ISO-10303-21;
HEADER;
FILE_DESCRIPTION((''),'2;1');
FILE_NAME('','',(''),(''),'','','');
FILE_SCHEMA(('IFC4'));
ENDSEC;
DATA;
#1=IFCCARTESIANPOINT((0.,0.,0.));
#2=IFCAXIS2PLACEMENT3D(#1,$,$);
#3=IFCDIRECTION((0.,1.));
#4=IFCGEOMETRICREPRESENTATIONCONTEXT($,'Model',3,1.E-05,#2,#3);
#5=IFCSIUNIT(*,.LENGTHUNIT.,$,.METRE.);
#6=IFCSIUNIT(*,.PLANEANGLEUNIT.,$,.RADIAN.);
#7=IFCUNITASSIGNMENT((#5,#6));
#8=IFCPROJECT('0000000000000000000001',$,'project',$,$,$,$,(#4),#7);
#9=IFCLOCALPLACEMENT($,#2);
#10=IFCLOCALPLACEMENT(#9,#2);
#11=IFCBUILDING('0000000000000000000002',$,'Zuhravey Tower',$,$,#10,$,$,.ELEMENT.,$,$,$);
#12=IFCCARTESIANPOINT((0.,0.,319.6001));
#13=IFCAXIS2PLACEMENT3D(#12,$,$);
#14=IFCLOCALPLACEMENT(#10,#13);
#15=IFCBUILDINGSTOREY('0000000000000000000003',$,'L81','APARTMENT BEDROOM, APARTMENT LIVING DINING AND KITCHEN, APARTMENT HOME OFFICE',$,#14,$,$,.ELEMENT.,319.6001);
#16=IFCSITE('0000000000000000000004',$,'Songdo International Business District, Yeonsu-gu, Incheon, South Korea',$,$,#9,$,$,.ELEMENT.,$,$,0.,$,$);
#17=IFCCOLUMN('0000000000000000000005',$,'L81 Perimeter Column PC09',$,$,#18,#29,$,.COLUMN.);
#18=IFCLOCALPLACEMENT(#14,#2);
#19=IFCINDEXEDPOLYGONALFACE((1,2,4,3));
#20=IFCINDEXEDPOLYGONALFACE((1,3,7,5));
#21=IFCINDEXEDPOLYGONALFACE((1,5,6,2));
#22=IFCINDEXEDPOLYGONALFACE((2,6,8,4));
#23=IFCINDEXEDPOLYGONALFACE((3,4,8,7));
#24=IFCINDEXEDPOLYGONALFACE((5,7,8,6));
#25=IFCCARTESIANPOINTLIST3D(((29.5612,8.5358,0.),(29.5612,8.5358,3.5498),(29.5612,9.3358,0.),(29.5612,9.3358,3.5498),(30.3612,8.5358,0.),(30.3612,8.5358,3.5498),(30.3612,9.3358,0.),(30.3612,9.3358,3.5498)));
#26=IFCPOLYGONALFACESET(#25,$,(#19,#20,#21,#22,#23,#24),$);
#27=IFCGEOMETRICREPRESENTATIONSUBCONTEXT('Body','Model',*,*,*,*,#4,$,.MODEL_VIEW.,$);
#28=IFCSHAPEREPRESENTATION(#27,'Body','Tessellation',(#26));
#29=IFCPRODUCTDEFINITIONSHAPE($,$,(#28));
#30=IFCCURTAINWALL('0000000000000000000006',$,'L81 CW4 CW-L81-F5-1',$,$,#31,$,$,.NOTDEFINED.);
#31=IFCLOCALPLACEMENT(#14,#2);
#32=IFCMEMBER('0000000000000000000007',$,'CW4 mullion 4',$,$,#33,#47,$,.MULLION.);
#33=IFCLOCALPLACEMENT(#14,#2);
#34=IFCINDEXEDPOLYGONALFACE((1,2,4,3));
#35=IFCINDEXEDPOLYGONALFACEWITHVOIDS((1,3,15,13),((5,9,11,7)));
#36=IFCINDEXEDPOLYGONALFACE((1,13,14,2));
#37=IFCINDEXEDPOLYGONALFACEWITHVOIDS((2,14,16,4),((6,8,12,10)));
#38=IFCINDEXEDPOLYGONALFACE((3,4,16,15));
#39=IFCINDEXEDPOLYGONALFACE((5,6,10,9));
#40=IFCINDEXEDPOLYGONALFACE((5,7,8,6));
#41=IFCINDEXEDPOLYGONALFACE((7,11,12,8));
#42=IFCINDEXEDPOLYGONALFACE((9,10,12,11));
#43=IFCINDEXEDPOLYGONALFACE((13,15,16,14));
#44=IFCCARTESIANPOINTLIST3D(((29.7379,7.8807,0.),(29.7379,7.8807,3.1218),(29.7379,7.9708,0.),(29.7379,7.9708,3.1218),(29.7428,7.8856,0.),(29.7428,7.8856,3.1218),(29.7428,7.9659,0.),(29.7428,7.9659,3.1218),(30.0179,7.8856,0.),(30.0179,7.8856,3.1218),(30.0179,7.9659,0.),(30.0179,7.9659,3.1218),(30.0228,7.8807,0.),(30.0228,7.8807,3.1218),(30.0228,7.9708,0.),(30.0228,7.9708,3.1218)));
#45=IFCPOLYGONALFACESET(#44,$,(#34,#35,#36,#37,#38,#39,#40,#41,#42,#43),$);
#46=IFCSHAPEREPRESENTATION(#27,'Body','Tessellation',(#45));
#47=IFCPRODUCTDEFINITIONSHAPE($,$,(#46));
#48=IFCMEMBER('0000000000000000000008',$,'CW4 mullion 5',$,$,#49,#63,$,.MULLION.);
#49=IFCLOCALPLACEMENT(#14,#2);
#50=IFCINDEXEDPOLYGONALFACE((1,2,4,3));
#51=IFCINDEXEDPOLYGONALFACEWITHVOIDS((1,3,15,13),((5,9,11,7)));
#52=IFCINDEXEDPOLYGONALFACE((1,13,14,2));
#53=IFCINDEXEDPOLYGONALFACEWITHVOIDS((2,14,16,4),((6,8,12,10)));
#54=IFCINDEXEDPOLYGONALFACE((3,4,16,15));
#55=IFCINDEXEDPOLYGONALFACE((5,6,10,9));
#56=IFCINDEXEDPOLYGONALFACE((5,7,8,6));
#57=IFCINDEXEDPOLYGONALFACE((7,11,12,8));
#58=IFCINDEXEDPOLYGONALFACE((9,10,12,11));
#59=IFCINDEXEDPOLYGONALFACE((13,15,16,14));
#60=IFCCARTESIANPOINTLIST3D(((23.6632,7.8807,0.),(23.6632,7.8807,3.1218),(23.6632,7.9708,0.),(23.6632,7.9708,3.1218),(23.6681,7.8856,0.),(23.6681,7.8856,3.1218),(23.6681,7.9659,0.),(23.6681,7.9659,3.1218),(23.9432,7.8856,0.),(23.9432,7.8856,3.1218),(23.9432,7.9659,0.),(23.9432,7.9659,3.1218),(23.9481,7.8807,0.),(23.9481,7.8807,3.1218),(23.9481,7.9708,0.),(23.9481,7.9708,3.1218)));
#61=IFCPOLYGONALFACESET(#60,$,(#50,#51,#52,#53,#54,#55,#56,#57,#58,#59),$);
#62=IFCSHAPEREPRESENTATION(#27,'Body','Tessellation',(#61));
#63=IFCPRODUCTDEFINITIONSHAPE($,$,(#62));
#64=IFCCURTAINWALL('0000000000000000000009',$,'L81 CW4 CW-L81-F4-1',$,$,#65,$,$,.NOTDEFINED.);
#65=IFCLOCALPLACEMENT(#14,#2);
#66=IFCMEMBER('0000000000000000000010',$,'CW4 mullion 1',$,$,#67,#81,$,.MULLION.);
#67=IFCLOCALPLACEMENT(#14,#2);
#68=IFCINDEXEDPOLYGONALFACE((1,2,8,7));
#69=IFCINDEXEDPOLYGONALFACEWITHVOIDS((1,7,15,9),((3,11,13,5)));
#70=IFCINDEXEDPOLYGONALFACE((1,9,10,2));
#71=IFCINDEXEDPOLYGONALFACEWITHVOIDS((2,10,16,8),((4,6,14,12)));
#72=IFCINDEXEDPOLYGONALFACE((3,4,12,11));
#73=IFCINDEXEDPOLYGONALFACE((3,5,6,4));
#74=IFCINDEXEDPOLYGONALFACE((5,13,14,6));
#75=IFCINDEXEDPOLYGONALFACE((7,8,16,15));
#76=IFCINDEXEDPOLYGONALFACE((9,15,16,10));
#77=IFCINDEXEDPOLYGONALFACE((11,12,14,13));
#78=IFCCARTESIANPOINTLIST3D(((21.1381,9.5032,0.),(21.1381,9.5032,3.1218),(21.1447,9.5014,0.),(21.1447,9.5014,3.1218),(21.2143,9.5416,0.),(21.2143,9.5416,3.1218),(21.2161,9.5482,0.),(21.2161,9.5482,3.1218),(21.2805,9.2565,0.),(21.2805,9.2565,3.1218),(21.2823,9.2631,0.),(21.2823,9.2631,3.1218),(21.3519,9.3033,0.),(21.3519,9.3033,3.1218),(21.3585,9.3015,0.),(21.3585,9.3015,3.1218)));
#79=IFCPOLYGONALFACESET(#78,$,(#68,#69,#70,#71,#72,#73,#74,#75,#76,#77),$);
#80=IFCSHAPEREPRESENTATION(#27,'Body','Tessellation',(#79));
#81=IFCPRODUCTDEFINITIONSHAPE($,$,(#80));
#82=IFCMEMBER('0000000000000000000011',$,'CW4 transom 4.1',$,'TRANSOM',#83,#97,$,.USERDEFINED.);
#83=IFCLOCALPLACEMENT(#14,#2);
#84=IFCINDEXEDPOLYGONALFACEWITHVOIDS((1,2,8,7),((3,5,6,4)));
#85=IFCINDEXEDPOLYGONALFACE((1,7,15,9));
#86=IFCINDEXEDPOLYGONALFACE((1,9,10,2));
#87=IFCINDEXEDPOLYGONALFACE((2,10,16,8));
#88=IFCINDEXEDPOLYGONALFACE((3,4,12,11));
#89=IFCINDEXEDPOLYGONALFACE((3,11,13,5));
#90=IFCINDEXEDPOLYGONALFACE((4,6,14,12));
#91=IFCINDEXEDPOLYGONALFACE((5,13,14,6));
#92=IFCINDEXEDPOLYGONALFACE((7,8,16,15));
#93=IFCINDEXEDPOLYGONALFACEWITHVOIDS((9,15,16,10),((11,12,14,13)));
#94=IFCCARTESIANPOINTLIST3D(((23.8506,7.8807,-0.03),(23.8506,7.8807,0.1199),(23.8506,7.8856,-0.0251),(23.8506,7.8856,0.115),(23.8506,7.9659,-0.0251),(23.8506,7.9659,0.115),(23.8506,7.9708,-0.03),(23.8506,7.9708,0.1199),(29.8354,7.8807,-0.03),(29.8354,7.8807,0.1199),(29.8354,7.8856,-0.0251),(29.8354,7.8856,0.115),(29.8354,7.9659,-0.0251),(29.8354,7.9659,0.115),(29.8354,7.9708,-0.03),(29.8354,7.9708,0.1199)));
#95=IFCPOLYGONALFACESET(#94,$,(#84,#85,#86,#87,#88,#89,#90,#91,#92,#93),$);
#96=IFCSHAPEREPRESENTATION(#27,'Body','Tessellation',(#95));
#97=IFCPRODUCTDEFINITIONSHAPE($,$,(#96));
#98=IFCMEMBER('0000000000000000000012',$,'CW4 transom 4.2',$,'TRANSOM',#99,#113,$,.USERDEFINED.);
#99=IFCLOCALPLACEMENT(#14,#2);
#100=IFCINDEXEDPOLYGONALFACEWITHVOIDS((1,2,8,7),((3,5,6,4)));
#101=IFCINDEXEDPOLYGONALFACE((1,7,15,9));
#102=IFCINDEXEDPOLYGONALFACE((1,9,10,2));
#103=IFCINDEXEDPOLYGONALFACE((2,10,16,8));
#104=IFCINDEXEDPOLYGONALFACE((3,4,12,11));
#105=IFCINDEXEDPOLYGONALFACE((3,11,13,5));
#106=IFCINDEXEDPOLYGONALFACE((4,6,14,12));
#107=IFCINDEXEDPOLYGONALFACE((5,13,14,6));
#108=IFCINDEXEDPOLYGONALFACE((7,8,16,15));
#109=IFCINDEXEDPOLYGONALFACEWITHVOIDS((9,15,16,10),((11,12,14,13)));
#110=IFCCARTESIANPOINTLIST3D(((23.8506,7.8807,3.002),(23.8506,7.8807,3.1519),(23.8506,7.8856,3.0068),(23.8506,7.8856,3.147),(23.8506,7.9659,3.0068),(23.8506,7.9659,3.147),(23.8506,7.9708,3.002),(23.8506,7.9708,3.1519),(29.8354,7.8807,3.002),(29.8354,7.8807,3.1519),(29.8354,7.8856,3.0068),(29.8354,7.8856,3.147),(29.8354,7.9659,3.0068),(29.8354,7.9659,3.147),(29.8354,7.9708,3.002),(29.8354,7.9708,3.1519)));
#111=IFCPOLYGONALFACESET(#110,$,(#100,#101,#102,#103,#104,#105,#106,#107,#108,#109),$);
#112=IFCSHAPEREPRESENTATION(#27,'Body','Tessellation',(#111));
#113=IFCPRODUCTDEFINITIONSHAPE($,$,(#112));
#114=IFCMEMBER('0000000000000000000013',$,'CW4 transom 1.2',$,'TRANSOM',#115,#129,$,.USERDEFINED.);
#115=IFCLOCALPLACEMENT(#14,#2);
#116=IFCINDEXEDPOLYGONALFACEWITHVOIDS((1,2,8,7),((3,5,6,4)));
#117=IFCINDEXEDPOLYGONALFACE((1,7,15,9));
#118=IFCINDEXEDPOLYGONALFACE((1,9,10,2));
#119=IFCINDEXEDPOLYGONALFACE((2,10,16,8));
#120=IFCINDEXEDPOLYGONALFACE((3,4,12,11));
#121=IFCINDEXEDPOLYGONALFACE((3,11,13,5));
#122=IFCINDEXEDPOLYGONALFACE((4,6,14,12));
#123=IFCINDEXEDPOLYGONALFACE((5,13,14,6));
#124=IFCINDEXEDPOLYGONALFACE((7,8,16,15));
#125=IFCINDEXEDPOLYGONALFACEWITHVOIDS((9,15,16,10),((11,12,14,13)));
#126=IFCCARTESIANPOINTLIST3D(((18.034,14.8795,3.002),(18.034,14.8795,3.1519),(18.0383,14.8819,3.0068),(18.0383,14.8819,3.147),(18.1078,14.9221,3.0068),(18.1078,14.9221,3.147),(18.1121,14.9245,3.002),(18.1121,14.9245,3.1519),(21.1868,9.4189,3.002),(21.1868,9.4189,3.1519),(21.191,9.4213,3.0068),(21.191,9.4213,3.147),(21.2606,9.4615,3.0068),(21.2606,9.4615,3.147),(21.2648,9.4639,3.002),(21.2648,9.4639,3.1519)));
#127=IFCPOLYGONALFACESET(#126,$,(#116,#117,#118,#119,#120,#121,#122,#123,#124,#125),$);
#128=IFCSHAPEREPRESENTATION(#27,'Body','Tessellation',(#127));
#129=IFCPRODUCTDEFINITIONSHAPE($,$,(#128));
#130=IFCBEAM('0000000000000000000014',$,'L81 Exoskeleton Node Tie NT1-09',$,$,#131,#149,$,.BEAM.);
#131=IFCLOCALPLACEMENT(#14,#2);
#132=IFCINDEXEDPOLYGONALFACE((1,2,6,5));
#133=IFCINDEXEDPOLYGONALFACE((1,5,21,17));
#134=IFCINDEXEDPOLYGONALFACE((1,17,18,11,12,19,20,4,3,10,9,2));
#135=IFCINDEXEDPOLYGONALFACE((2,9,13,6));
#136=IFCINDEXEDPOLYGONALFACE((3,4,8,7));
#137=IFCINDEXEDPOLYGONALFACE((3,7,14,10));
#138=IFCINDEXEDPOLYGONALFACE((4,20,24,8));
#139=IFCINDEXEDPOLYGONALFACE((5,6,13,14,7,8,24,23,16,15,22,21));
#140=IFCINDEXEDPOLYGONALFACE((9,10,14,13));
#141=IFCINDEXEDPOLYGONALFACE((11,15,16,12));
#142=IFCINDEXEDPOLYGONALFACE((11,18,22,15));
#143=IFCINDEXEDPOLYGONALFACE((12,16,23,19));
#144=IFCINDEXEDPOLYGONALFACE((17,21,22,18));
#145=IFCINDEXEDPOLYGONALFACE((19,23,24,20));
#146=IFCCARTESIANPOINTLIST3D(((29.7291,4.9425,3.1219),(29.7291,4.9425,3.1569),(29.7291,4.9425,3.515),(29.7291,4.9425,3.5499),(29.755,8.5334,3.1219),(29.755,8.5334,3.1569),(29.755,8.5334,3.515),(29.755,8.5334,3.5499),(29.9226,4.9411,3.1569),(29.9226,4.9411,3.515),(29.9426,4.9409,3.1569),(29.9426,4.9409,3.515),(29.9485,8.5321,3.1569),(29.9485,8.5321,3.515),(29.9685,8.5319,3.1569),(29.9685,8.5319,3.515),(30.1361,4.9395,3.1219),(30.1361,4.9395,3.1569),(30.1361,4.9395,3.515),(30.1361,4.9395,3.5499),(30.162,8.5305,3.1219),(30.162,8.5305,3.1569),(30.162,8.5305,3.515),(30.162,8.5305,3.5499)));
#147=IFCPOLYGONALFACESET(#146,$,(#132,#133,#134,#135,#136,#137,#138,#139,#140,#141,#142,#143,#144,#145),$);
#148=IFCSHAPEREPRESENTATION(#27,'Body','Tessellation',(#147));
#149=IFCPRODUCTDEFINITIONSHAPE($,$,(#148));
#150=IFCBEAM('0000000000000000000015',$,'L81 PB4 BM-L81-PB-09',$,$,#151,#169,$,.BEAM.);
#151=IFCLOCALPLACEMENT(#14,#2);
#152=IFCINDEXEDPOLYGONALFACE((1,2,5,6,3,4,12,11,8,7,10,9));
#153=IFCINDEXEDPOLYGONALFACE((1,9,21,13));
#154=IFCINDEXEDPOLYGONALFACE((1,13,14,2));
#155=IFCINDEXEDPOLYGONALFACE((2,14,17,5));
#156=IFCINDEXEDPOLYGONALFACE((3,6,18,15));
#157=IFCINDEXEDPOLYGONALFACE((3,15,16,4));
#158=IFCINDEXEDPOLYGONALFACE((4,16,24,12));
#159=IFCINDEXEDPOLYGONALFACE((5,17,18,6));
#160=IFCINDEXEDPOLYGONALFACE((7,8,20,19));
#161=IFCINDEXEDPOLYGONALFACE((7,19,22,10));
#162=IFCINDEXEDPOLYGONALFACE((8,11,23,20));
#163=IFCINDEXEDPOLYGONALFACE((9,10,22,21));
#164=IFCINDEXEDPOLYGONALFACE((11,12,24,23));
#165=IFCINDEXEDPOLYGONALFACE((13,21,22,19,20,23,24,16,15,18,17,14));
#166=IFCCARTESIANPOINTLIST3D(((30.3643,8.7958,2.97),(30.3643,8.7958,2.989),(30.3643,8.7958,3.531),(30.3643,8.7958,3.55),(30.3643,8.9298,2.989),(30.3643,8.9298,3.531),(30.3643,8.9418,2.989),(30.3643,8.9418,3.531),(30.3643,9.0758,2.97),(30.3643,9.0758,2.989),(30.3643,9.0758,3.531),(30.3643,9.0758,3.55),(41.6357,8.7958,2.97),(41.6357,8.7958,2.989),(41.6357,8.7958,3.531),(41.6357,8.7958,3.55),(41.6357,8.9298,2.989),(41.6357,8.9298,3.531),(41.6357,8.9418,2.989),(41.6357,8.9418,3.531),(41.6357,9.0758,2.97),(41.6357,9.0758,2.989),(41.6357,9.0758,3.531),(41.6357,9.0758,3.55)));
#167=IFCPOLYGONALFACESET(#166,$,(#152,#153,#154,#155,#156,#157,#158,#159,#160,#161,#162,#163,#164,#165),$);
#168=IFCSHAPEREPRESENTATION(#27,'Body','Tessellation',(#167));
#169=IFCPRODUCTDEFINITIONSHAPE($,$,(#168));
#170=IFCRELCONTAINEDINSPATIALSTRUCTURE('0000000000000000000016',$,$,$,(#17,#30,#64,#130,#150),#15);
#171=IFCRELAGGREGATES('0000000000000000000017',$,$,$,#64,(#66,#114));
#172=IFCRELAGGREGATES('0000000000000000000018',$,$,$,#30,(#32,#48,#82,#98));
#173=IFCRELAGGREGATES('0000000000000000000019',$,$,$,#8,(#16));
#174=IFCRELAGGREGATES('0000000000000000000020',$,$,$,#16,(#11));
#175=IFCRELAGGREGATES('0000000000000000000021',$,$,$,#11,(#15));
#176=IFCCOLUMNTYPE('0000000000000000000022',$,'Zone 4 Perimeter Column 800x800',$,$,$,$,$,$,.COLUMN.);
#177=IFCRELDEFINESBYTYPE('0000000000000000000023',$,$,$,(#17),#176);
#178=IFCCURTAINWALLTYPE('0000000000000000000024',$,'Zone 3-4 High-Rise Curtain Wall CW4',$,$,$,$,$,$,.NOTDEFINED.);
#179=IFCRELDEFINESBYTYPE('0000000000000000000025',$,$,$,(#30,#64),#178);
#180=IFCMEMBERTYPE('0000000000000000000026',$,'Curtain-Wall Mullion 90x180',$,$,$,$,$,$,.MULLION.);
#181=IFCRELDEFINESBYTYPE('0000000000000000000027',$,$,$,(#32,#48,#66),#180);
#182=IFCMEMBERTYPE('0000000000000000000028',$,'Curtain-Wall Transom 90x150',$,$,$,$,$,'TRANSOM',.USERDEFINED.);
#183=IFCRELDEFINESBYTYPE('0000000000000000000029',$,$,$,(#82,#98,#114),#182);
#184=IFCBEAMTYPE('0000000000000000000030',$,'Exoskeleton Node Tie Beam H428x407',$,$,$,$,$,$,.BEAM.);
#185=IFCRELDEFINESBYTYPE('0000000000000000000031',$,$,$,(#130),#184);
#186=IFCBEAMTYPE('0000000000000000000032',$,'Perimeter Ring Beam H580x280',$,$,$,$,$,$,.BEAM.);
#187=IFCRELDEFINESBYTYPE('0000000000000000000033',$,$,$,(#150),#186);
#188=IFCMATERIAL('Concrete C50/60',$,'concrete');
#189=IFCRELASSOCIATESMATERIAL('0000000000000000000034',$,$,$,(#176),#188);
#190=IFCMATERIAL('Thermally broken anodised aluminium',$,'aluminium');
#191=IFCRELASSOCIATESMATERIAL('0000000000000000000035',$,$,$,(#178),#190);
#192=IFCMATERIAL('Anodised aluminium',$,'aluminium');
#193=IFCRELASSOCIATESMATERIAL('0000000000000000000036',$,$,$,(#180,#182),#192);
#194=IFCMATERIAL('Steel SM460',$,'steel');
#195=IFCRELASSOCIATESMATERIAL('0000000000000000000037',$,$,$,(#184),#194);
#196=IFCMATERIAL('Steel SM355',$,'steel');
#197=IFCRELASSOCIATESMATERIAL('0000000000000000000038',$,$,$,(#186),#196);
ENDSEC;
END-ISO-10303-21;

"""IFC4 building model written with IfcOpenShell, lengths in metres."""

from ifc_helpers import new_model, si_unit, direction, frame, origin, origin_2d, place, context, subcontext, project, spatial, rectangle, hollow_rectangle, i_section, extrude, material, material_profile, profile_set, type_object, element, aggregate, save


model = new_model("IFC4")

# Units and contexts
model_context = context("Model", 3, precision=1e-05, world=origin(), true_north=direction((0.0, 1.0)))
body_context = subcontext(model_context, "Body", "Model", "MODEL_VIEW")
ifc_project = project(units=[si_unit("LENGTHUNIT", "METRE"), si_unit("PLANEANGLEUNIT", "RADIAN")], contexts=[model_context])

# Site, building, storey
site_placement = place(None, origin())
site = spatial("IfcSite", under=ifc_project, at=site_placement, Name="Songdo International Business District, Yeonsu-gu, Incheon, South Korea", CompositionType="ELEMENT", RefElevation=0.0)
building_placement = place(site_placement, origin())
building = spatial("IfcBuilding", under=site, at=building_placement, Name="Zuhravey Tower", CompositionType="ELEMENT")
storey_placement = place(building_placement, frame((0.0, 0.0, 319.6001)))
storey = spatial("IfcBuildingStorey", under=building, at=storey_placement, Name="L81", Description="APARTMENT BEDROOM, APARTMENT LIVING DINING AND KITCHEN, APARTMENT HOME OFFICE", CompositionType="ELEMENT", Elevation=319.6001)

# Column
ifc_material_1 = material(Name="Concrete C50/60", Category="concrete")
ifc_material_profile_1 = material_profile(ifc_material_1, rectangle(XDim=0.8, YDim=0.8, at=origin_2d()), Name="RC-800x800")
ifc_profile_set_1 = profile_set([ifc_material_profile_1], Name="Concrete C50/60")
column_type = type_object("IfcColumnType", Name="Zone 4 Perimeter Column 800x800", PredefinedType="COLUMN", material=ifc_profile_set_1)
column_placement = place(storey_placement, frame((29.9612, 8.9358, 0.0), z_axis=(0.0, 0.0, 1.0), x_axis=(1.0, 0.0, 0.0)))
element("IfcColumn", 1, at=column_placement, inside=storey, type_object=column_type, Name="L81 Perimeter Column PC09", PredefinedType="COLUMN", context=body_context, shape_type="SweptSolid", body=[
    extrude(rectangle(XDim=0.8, YDim=0.8, at=origin_2d()), origin(), (0.0, 0.0, 1.0), 3.5498),
])

# Curtain wall, members
ifc_material_2 = material(Name="Thermally broken anodised aluminium", Category="aluminium")
curtain_wall_type = type_object("IfcCurtainWallType", Name="Zone 3-4 High-Rise Curtain Wall CW4", PredefinedType="NOTDEFINED", material=ifc_material_2)
curtain_wall_1_placement = place(storey_placement, origin())
curtain_wall_1 = element("IfcCurtainWall", 2, at=curtain_wall_1_placement, inside=storey, type_object=curtain_wall_type, Name="L81 CW4 CW-L81-F5-1", PredefinedType="NOTDEFINED")
ifc_material_3 = material(Name="Anodised aluminium", Category="aluminium")
ifc_material_profile_2 = material_profile(ifc_material_3, hollow_rectangle(XDim=0.0901, YDim=0.2849, WallThickness=0.0049, at=origin_2d()), Name="ALU-RHS-90x285x5")
ifc_profile_set_2 = profile_set([ifc_material_profile_2], Name="Anodised aluminium")
member_type_1 = type_object("IfcMemberType", Name="Curtain-Wall Mullion 90x180", PredefinedType="MULLION", material=ifc_profile_set_2)
member_1_placement = place(storey_placement, frame((29.8804, 7.9258, 0.0), z_axis=(0.0, 0.0, 1.0), x_axis=(0.0, -1.0, 0.0)))
member_1 = element("IfcMember", 3, at=member_1_placement, type_object=member_type_1, Name="CW4 mullion 4", PredefinedType="MULLION", context=body_context, shape_type="SweptSolid", body=[
    extrude(hollow_rectangle(XDim=0.0901, YDim=0.2849, WallThickness=0.0049, at=origin_2d()), origin(), (0.0, 0.0, 1.0), 3.1218),
])
member_2_placement = place(storey_placement, frame((23.8057, 7.9258, 0.0), z_axis=(0.0, 0.0, 1.0), x_axis=(0.0, -1.0, 0.0)))
member_2 = element("IfcMember", 4, at=member_2_placement, type_object=member_type_1, Name="CW4 mullion 5", PredefinedType="MULLION", context=body_context, shape_type="SweptSolid", body=[
    extrude(hollow_rectangle(XDim=0.0901, YDim=0.2849, WallThickness=0.0049, at=origin_2d()), origin(), (0.0, 0.0, 1.0), 3.1218),
])

# Curtain wall, member
curtain_wall_2_placement = place(storey_placement, origin())
curtain_wall_2 = element("IfcCurtainWall", 5, at=curtain_wall_2_placement, inside=storey, type_object=curtain_wall_type, Name="L81 CW4 CW-L81-F4-1", PredefinedType="NOTDEFINED")
member_3_placement = place(storey_placement, frame((21.2483, 9.4023, 0.0), z_axis=(0.0, 0.0, 1.0), x_axis=(-0.866026, -0.5, 0.0)))
member_3 = element("IfcMember", 6, at=member_3_placement, type_object=member_type_1, Name="CW4 mullion 1", PredefinedType="MULLION", context=body_context, shape_type="SweptSolid", body=[
    extrude(hollow_rectangle(XDim=0.0901, YDim=0.2849, WallThickness=0.0049, at=origin_2d()), origin(), (0.0, 0.0, 1.0), 3.1218),
])

# Members
ifc_material_profile_3 = material_profile(ifc_material_3, hollow_rectangle(XDim=0.0901, YDim=0.1499, WallThickness=0.0049, at=origin_2d()), Name="ALU-RHS-90x150x5")
ifc_profile_set_3 = profile_set([ifc_material_profile_3], Name="Anodised aluminium")
member_type_2 = type_object("IfcMemberType", Name="Curtain-Wall Transom 90x150", ElementType="TRANSOM", PredefinedType="USERDEFINED", material=ifc_profile_set_3)
member_4_placement = place(storey_placement, frame((29.8354, 7.9258, 0.0449), z_axis=(-1.0, 0.0, 0.0), x_axis=(0.0, -1.0, 0.0)))
member_4 = element("IfcMember", 7, at=member_4_placement, type_object=member_type_2, Name="CW4 transom 4.1", ObjectType="TRANSOM", PredefinedType="USERDEFINED", context=body_context, shape_type="SweptSolid", body=[
    extrude(hollow_rectangle(XDim=0.0901, YDim=0.1499, WallThickness=0.0049, at=origin_2d()), origin(), (0.0, 0.0, 1.0), 5.9849),
])
member_5_placement = place(storey_placement, frame((29.8354, 7.9258, 3.0769), z_axis=(-1.0, 0.0, 0.0), x_axis=(0.0, -1.0, 0.0)))
member_5 = element("IfcMember", 8, at=member_5_placement, type_object=member_type_2, Name="CW4 transom 4.2", ObjectType="TRANSOM", PredefinedType="USERDEFINED", context=body_context, shape_type="SweptSolid", body=[
    extrude(hollow_rectangle(XDim=0.0901, YDim=0.1499, WallThickness=0.0049, at=origin_2d()), origin(), (0.0, 0.0, 1.0), 5.9849),
])
member_6_placement = place(storey_placement, frame((21.2258, 9.4414, 3.0769), z_axis=(-0.500012, 0.866019, 0.0), x_axis=(-0.866019, -0.500012, 0.0)))
member_6 = element("IfcMember", 9, at=member_6_placement, type_object=member_type_2, Name="CW4 transom 1.2", ObjectType="TRANSOM", PredefinedType="USERDEFINED", context=body_context, shape_type="SweptSolid", body=[
    extrude(hollow_rectangle(XDim=0.0901, YDim=0.1499, WallThickness=0.0049, at=origin_2d()), origin(), (0.0, 0.0, 1.0), 6.3054),
])
aggregate(curtain_wall_2, [member_3, member_6])

# Beams
ifc_material_4 = material(Name="Steel SM460", Category="steel")
ifc_material_profile_4 = material_profile(ifc_material_4, i_section(OverallWidth=0.407, OverallDepth=0.428, WebThickness=0.02, FlangeThickness=0.0349, at=origin_2d()), Name="H-428x407x20x35")
ifc_profile_set_4 = profile_set([ifc_material_profile_4], Name="Steel SM460")
beam_type_1 = type_object("IfcBeamType", Name="Exoskeleton Node Tie Beam H428x407", PredefinedType="BEAM", material=ifc_profile_set_4)
beam_1_placement = place(storey_placement, frame((29.9585, 8.532, 3.3359), z_axis=(-0.007206, -0.999974, 0.0), x_axis=(0.999974, -0.007206, 0.0)))
element("IfcBeam", 10, at=beam_1_placement, inside=storey, type_object=beam_type_1, Name="L81 Exoskeleton Node Tie NT1-09", PredefinedType="BEAM", context=body_context, shape_type="SweptSolid", body=[
    extrude(i_section(OverallWidth=0.407, OverallDepth=0.428, WebThickness=0.02, FlangeThickness=0.0349, at=origin_2d()), origin(), (0.0, 0.0, 1.0), 3.5911),
])
ifc_material_5 = material(Name="Steel SM355", Category="steel")
ifc_material_profile_5 = material_profile(ifc_material_5, i_section(OverallWidth=0.28, OverallDepth=0.5801, WebThickness=0.012, FlangeThickness=0.019, at=origin_2d()), Name="H-580x280x12x19")
ifc_profile_set_5 = profile_set([ifc_material_profile_5], Name="Steel SM355")
beam_type_2 = type_object("IfcBeamType", Name="Perimeter Ring Beam H580x280", PredefinedType="BEAM", material=ifc_profile_set_5)
beam_2_placement = place(storey_placement, frame((30.3643, 8.9358, 3.26), z_axis=(1.0, 0.0, 0.0), x_axis=(0.0, 1.0, 0.0)))
element("IfcBeam", 11, at=beam_2_placement, inside=storey, type_object=beam_type_2, Name="L81 PB4 BM-L81-PB-09", PredefinedType="BEAM", context=body_context, shape_type="SweptSolid", body=[
    extrude(i_section(OverallWidth=0.28, OverallDepth=0.5801, WebThickness=0.012, FlangeThickness=0.019, at=origin_2d()), origin(), (0.0, 0.0, 1.0), 11.2715),
])

aggregate(curtain_wall_1, [member_1, member_2, member_4, member_5])

save(model, "model.ifc")
